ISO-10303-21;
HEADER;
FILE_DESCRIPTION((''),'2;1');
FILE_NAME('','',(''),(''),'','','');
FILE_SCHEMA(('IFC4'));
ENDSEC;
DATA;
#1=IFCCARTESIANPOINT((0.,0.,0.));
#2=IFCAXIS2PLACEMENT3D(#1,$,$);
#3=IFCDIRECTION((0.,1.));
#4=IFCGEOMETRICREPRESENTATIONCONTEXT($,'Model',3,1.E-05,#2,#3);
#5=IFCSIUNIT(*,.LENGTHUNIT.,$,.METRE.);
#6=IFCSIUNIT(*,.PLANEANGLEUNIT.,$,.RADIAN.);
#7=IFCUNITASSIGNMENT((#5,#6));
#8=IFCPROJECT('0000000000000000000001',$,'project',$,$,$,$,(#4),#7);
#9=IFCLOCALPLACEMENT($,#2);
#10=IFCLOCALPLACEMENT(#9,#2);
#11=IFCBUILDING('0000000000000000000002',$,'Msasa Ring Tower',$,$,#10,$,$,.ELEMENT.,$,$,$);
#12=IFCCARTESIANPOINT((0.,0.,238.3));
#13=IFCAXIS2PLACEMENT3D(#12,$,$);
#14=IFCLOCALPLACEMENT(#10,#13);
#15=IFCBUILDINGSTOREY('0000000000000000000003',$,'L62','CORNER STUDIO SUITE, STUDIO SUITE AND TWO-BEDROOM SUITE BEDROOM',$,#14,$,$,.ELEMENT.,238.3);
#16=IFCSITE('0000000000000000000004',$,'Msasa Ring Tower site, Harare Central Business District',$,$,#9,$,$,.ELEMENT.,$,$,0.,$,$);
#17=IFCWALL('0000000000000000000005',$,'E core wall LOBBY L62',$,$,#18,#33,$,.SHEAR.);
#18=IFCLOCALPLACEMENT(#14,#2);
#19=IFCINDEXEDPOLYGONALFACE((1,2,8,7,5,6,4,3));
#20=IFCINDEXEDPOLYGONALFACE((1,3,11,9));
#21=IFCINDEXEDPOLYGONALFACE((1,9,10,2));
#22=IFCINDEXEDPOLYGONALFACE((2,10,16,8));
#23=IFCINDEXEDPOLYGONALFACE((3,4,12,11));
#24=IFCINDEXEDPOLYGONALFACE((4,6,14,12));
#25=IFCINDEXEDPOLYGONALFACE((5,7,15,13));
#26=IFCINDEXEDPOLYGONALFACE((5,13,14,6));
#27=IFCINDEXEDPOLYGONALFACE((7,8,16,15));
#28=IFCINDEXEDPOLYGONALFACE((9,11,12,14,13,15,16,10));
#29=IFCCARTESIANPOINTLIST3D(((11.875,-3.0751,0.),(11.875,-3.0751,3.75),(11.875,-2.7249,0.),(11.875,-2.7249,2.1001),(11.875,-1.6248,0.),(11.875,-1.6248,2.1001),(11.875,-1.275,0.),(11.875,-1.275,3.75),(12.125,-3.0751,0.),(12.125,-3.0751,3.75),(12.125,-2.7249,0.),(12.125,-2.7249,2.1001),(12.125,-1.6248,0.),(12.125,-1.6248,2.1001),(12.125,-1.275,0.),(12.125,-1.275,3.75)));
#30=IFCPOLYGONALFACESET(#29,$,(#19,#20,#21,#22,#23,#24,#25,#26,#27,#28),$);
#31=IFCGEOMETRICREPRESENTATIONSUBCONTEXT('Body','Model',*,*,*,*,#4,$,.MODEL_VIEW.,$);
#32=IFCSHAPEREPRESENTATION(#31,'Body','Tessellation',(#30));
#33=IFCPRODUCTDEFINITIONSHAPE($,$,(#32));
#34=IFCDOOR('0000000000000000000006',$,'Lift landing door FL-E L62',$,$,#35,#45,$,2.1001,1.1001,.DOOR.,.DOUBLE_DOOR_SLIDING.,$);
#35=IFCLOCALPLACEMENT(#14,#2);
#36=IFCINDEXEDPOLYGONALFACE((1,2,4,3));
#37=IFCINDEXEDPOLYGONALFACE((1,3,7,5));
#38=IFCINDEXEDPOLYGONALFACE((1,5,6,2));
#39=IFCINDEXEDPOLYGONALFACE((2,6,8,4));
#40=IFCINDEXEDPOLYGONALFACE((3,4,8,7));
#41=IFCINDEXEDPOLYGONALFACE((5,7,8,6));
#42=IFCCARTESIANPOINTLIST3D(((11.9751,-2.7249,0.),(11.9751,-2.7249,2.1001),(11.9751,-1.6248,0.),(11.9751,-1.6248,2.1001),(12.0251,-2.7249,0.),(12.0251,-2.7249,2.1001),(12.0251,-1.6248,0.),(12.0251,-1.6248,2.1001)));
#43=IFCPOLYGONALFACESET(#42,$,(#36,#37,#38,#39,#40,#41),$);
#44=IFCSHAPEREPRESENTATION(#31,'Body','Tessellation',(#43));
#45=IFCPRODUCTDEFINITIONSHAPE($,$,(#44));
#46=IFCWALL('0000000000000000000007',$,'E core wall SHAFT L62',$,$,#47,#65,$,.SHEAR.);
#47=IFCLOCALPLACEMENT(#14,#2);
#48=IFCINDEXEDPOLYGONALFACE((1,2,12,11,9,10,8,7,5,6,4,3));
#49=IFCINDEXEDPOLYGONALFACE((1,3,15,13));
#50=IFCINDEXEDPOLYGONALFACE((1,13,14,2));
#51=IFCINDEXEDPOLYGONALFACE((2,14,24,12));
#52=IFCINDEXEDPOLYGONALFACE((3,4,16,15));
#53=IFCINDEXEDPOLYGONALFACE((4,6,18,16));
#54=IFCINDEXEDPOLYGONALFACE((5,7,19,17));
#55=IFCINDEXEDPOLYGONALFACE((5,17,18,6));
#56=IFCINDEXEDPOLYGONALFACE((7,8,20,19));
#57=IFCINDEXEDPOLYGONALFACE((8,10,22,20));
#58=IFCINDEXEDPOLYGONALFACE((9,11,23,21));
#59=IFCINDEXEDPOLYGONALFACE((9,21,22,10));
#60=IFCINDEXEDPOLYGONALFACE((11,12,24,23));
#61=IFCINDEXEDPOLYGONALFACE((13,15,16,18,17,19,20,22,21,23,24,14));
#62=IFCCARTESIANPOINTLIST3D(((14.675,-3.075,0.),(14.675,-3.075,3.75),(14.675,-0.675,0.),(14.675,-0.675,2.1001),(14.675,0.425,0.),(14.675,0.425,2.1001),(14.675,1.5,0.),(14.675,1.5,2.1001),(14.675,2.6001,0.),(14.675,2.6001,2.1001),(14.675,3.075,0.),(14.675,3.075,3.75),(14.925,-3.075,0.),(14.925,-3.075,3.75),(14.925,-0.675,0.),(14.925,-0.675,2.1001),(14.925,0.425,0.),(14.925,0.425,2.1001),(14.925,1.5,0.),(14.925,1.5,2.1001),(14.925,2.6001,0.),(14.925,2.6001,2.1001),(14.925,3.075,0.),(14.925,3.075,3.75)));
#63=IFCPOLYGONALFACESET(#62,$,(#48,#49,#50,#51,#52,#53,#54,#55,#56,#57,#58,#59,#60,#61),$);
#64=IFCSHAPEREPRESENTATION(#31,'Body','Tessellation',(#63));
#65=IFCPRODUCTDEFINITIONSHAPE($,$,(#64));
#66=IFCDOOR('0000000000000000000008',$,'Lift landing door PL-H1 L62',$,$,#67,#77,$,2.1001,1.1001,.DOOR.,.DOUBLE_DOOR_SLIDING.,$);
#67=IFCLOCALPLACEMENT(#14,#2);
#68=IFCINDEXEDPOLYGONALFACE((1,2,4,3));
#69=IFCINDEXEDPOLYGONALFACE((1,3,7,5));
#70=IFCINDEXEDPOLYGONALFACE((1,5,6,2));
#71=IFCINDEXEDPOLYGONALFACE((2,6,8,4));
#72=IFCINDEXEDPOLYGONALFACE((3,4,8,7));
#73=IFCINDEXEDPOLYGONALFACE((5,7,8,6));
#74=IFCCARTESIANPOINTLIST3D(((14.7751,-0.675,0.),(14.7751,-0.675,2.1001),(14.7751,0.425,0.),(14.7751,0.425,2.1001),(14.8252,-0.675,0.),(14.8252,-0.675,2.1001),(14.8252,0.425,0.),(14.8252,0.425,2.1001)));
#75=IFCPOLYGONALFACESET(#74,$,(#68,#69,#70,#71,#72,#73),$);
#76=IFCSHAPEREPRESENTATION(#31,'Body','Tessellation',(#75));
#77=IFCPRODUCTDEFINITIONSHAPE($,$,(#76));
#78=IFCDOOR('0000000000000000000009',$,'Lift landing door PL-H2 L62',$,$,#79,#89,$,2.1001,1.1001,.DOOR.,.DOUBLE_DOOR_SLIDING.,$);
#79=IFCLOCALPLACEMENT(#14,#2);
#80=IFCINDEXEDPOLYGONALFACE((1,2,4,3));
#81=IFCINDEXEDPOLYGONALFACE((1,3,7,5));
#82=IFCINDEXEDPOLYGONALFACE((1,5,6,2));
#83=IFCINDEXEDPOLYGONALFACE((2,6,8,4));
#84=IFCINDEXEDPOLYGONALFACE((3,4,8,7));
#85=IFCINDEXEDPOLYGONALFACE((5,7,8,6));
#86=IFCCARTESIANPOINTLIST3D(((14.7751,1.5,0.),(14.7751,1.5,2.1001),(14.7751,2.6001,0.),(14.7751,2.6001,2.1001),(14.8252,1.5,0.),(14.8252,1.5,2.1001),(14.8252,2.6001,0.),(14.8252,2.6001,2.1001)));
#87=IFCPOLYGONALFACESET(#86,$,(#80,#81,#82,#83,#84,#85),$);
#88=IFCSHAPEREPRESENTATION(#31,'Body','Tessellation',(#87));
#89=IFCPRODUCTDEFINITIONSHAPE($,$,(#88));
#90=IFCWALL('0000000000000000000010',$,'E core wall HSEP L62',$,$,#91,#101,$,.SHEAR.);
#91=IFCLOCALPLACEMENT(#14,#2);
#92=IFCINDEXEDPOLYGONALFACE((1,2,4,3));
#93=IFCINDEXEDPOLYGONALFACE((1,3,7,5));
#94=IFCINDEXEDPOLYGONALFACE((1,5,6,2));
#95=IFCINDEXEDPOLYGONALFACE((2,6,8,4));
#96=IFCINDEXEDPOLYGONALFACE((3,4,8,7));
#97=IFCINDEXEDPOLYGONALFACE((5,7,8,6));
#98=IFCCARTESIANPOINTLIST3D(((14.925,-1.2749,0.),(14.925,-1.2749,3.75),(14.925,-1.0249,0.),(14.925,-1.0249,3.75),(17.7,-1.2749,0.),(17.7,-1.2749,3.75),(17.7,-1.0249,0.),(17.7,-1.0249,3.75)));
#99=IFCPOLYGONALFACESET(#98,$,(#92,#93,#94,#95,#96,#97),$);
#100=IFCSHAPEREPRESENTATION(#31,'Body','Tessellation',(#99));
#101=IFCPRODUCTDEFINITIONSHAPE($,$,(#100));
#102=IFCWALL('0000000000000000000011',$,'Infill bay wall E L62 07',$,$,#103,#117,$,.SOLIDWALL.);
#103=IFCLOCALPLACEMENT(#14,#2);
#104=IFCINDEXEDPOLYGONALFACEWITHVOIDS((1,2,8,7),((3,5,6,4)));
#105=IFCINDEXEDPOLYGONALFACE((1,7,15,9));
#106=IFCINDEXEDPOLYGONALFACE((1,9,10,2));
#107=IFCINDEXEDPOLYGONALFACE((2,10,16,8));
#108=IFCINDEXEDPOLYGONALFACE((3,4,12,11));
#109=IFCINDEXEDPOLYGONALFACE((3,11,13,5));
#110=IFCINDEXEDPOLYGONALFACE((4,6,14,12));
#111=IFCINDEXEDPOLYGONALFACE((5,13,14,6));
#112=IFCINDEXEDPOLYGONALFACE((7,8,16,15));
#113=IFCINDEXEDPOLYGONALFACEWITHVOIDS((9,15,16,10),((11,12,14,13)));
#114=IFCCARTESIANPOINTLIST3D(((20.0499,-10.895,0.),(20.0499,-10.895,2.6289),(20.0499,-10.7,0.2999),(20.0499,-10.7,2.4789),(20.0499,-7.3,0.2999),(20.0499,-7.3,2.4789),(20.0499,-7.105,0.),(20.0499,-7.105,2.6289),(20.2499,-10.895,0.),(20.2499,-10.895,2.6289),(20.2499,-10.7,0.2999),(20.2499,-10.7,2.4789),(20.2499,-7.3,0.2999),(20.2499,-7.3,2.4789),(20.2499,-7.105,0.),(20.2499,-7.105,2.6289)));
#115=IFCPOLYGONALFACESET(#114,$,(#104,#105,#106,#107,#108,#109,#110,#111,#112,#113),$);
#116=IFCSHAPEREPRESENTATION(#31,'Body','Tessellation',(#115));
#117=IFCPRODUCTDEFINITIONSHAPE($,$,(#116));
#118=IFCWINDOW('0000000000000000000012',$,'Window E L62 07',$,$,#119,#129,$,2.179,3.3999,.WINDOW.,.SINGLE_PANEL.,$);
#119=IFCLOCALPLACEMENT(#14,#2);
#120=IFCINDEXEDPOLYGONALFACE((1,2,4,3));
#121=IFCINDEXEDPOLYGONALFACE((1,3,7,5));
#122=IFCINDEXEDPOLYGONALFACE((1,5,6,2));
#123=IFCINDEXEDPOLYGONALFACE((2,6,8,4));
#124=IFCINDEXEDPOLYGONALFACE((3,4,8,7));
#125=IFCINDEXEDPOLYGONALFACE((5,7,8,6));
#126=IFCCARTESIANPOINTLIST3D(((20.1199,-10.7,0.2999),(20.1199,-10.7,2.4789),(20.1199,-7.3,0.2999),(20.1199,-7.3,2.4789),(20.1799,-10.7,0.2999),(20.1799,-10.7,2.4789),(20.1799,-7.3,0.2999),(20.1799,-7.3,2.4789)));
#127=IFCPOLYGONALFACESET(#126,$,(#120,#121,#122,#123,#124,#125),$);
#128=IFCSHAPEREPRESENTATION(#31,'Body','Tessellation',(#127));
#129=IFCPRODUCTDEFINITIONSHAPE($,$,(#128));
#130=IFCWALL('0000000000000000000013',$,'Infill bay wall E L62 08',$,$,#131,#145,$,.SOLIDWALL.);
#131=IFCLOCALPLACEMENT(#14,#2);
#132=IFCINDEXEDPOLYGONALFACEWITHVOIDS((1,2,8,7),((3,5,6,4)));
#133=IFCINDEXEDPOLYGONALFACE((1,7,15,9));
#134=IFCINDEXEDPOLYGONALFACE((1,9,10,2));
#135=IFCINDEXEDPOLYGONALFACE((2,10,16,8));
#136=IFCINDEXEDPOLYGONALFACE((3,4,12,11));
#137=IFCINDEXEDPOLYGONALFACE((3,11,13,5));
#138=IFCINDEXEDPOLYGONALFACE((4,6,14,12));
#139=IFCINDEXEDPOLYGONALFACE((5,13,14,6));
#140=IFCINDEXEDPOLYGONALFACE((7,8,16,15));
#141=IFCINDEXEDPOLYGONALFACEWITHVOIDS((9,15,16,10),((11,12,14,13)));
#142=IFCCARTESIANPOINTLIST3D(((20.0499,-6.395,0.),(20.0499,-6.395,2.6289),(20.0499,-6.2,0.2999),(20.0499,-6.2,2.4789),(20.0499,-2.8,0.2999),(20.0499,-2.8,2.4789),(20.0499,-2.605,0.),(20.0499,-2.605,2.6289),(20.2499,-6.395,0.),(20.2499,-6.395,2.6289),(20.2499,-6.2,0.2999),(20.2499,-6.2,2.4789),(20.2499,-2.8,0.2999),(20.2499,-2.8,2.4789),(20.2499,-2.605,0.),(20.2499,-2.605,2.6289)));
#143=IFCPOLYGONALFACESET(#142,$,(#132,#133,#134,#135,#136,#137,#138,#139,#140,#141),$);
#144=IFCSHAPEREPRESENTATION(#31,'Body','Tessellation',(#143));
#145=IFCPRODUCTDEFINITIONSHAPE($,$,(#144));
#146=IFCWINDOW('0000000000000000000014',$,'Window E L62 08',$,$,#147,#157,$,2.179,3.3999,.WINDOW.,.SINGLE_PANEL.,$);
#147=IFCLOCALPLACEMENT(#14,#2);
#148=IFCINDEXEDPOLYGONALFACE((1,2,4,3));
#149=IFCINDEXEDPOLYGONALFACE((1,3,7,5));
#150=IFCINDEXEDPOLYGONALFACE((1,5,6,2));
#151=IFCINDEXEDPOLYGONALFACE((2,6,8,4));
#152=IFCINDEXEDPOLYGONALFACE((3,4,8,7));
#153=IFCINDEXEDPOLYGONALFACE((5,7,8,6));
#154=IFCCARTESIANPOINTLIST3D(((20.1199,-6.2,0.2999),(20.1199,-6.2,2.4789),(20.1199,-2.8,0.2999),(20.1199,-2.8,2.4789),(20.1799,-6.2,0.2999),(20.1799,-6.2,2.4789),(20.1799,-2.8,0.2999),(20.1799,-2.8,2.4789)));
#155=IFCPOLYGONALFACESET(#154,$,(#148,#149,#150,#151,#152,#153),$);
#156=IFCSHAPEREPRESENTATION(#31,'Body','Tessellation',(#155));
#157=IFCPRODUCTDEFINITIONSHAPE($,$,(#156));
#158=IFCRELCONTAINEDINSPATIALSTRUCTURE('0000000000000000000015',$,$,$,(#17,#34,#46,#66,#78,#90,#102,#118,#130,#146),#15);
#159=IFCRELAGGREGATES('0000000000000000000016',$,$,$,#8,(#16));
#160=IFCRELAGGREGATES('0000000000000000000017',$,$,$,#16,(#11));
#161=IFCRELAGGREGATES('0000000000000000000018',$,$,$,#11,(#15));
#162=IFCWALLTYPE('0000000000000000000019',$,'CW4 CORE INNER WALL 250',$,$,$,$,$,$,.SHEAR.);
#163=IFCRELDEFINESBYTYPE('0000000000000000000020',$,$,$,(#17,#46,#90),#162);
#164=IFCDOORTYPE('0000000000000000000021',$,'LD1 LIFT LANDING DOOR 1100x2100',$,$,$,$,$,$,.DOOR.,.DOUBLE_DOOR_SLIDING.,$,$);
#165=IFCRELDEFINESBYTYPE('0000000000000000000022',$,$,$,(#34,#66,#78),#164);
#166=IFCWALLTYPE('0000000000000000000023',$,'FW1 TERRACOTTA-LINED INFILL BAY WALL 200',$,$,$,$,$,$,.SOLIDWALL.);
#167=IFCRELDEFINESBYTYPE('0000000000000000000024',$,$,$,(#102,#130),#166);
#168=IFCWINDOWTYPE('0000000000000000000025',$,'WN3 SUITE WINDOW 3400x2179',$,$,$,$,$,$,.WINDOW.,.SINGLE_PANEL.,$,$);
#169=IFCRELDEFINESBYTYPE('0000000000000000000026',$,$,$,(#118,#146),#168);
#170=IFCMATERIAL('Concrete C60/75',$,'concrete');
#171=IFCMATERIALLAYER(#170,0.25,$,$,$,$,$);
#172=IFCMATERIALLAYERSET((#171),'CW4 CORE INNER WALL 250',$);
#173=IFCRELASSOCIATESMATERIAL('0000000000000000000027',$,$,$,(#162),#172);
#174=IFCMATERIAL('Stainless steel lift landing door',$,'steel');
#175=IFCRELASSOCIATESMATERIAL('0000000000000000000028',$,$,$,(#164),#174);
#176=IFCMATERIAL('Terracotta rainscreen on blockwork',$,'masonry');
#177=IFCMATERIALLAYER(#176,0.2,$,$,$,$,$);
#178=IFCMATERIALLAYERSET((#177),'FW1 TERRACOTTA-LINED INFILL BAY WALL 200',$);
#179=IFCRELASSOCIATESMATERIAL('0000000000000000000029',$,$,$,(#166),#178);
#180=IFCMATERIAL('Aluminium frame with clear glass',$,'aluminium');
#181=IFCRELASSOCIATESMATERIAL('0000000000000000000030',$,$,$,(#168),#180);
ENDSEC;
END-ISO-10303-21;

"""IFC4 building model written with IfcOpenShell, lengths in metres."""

from ifc_helpers import new_model, si_unit, direction, frame, frame_2d, origin, place, context, subcontext, project, spatial, rectangle, extrude, material, layer, layer_set, type_object, element, fill, save


model = new_model("IFC4")

# Units and contexts
model_context = context("Model", 3, precision=1e-05, world=origin(), true_north=direction((0.0, 1.0)))
body_context = subcontext(model_context, "Body", "Model", "MODEL_VIEW")
ifc_project = project(units=[si_unit("LENGTHUNIT", "METRE"), si_unit("PLANEANGLEUNIT", "RADIAN")], contexts=[model_context])

# Site, building, storey
site_placement = place(None, origin())
site = spatial("IfcSite", under=ifc_project, at=site_placement, Name="Msasa Ring Tower site, Harare Central Business District", CompositionType="ELEMENT", RefElevation=0.0)
building_placement = place(site_placement, origin())
building = spatial("IfcBuilding", under=site, at=building_placement, Name="Msasa Ring Tower", CompositionType="ELEMENT")
storey_placement = place(building_placement, frame((0.0, 0.0, 238.3)))
storey = spatial("IfcBuildingStorey", under=building, at=storey_placement, Name="L62", Description="CORNER STUDIO SUITE, STUDIO SUITE AND TWO-BEDROOM SUITE BEDROOM", CompositionType="ELEMENT", Elevation=238.3)

# Shared definitions
ifc_material_1 = material(Name="Concrete C60/75", Category="concrete")
ifc_layer_1 = layer(ifc_material_1, 0.25)
ifc_layer_set_1 = layer_set([ifc_layer_1], Name="CW4 CORE INNER WALL 250")
wall_type_1 = type_object("IfcWallType", Name="CW4 CORE INNER WALL 250", PredefinedType="SHEAR", material=ifc_layer_set_1)

# Wall, opening, door
wall_1_placement = place(storey_placement, frame((12.0, -3.075, 0.0), z_axis=(0.0, 0.0, 1.0), x_axis=(0.0, 1.0, 0.0)))
wall_1 = element("IfcWall", 1, at=wall_1_placement, inside=storey, type_object=wall_type_1, Name="E core wall LOBBY L62", PredefinedType="SHEAR", context=body_context, shape_type="SweptSolid", body=[
    extrude(rectangle(XDim=1.8, YDim=0.25, at=frame_2d((0.8999, 0.0))), origin(), (0.0, 0.0, 1.0), 3.75),
])
opening_1_placement = place(wall_1_placement, frame((0.3501, 0.0, 0.0)))
opening_1 = element("IfcOpeningElement", 2, at=opening_1_placement, cuts=wall_1, PredefinedType="OPENING", context=body_context, shape_type="SweptSolid", body=[
    extrude(rectangle(XDim=1.1001, YDim=2.1001, at=frame_2d((0.55, 1.05))), frame((0.0, 0.135, 0.0), z_axis=(0.0, -1.0, 0.0), x_axis=(1.0, 0.0, 0.0)), (0.0, 0.0, 1.0), 0.27),
])
ifc_material_2 = material(Name="Stainless steel lift landing door", Category="steel")
door_type_1 = type_object("IfcDoorType", Name="LD1 LIFT LANDING DOOR 1100x2100", OperationType="DOUBLE_DOOR_SLIDING", PredefinedType="DOOR", material=ifc_material_2)
door_1_placement = place(opening_1_placement, origin())
door_1 = element("IfcDoor", 3, at=door_1_placement, inside=storey, type_object=door_type_1, Name="Lift landing door FL-E L62", OperationType="DOUBLE_DOOR_SLIDING", OverallHeight=2.1001, OverallWidth=1.1001, PredefinedType="DOOR", context=body_context, shape_type="SweptSolid", body=[
    extrude(rectangle(XDim=1.1001, YDim=2.1001, at=frame_2d((0.55, 1.05))), frame((0.0, 0.0249, 0.0), z_axis=(0.0, -1.0, 0.0), x_axis=(1.0, 0.0, 0.0)), (0.0, 0.0, 1.0), 0.05),
])
fill(opening_1, door_1)

# Wall, openings, doors
wall_2_placement = place(storey_placement, frame((14.8, -3.075, 0.0), z_axis=(0.0, 0.0, 1.0), x_axis=(0.0, 1.0, 0.0)))
wall_2 = element("IfcWall", 4, at=wall_2_placement, inside=storey, type_object=wall_type_1, Name="E core wall SHAFT L62", PredefinedType="SHEAR", context=body_context, shape_type="SweptSolid", body=[
    extrude(rectangle(XDim=6.1499, YDim=0.25, at=frame_2d((3.075, 0.0))), origin(), (0.0, 0.0, 1.0), 3.75),
])
opening_2_placement = place(wall_2_placement, frame((2.3999, 0.0, 0.0)))
opening_2 = element("IfcOpeningElement", 5, at=opening_2_placement, cuts=wall_2, PredefinedType="OPENING", context=body_context, shape_type="SweptSolid", body=[
    extrude(rectangle(XDim=1.1001, YDim=2.1001, at=frame_2d((0.55, 1.05))), frame((0.0, 0.135, 0.0), z_axis=(0.0, -1.0, 0.0), x_axis=(1.0, 0.0, 0.0)), (0.0, 0.0, 1.0), 0.27),
])
opening_3_placement = place(wall_2_placement, frame((4.575, 0.0, 0.0)))
opening_3 = element("IfcOpeningElement", 6, at=opening_3_placement, cuts=wall_2, PredefinedType="OPENING", context=body_context, shape_type="SweptSolid", body=[
    extrude(rectangle(XDim=1.1001, YDim=2.1001, at=frame_2d((0.55, 1.05))), frame((0.0, 0.135, 0.0), z_axis=(0.0, -1.0, 0.0), x_axis=(1.0, 0.0, 0.0)), (0.0, 0.0, 1.0), 0.27),
])
door_2_placement = place(opening_2_placement, origin())
door_2 = element("IfcDoor", 7, at=door_2_placement, inside=storey, type_object=door_type_1, Name="Lift landing door PL-H1 L62", OperationType="DOUBLE_DOOR_SLIDING", OverallHeight=2.1001, OverallWidth=1.1001, PredefinedType="DOOR", context=body_context, shape_type="SweptSolid", body=[
    extrude(rectangle(XDim=1.1001, YDim=2.1001, at=frame_2d((0.55, 1.05))), frame((0.0, 0.0249, 0.0), z_axis=(0.0, -1.0, 0.0), x_axis=(1.0, 0.0, 0.0)), (0.0, 0.0, 1.0), 0.05),
])
fill(opening_2, door_2)
door_3_placement = place(opening_3_placement, origin())
door_3 = element("IfcDoor", 8, at=door_3_placement, inside=storey, type_object=door_type_1, Name="Lift landing door PL-H2 L62", OperationType="DOUBLE_DOOR_SLIDING", OverallHeight=2.1001, OverallWidth=1.1001, PredefinedType="DOOR", context=body_context, shape_type="SweptSolid", body=[
    extrude(rectangle(XDim=1.1001, YDim=2.1001, at=frame_2d((0.55, 1.05))), frame((0.0, 0.0249, 0.0), z_axis=(0.0, -1.0, 0.0), x_axis=(1.0, 0.0, 0.0)), (0.0, 0.0, 1.0), 0.05),
])
fill(opening_3, door_3)

# Wall
wall_3_placement = place(storey_placement, frame((14.925, -1.1499, 0.0), z_axis=(0.0, 0.0, 1.0), x_axis=(1.0, 0.0, 0.0)))
element("IfcWall", 9, at=wall_3_placement, inside=storey, type_object=wall_type_1, Name="E core wall HSEP L62", PredefinedType="SHEAR", context=body_context, shape_type="SweptSolid", body=[
    extrude(rectangle(XDim=2.7749, YDim=0.25, at=frame_2d((1.3875, 0.0))), origin(), (0.0, 0.0, 1.0), 3.75),
])

# Walls, openings, windows
ifc_material_3 = material(Name="Terracotta rainscreen on blockwork", Category="masonry")
ifc_layer_2 = layer(ifc_material_3, 0.2)
ifc_layer_set_2 = layer_set([ifc_layer_2], Name="FW1 TERRACOTTA-LINED INFILL BAY WALL 200")
wall_type_2 = type_object("IfcWallType", Name="FW1 TERRACOTTA-LINED INFILL BAY WALL 200", PredefinedType="SOLIDWALL", material=ifc_layer_set_2)
wall_4_placement = place(storey_placement, frame((20.1499, -10.895, 0.0), z_axis=(0.0, 0.0, 1.0), x_axis=(0.0, 1.0, 0.0)))
wall_4 = element("IfcWall", 10, at=wall_4_placement, inside=storey, type_object=wall_type_2, Name="Infill bay wall E L62 07", PredefinedType="SOLIDWALL", context=body_context, shape_type="SweptSolid", body=[
    extrude(rectangle(XDim=3.79, YDim=0.2, at=frame_2d((1.895, 0.0))), origin(), (0.0, 0.0, 1.0), 2.6289),
])
opening_4_placement = place(wall_4_placement, frame((0.1951, 0.0, 0.3)))
opening_4 = element("IfcOpeningElement", 11, at=opening_4_placement, cuts=wall_4, PredefinedType="OPENING", context=body_context, shape_type="SweptSolid", body=[
    extrude(rectangle(XDim=3.3999, YDim=2.179, at=frame_2d((1.7, 1.0894))), frame((0.0, 0.1099, 0.0), z_axis=(0.0, -1.0, 0.0), x_axis=(1.0, 0.0, 0.0)), (0.0, 0.0, 1.0), 0.22),
])
ifc_material_4 = material(Name="Aluminium frame with clear glass", Category="aluminium")
window_type = type_object("IfcWindowType", Name="WN3 SUITE WINDOW 3400x2179", PartitioningType="SINGLE_PANEL", PredefinedType="WINDOW", material=ifc_material_4)
window_1_placement = place(opening_4_placement, origin())
window_1 = element("IfcWindow", 12, at=window_1_placement, inside=storey, type_object=window_type, Name="Window E L62 07", OverallHeight=2.179, OverallWidth=3.3999, PartitioningType="SINGLE_PANEL", PredefinedType="WINDOW", context=body_context, shape_type="SweptSolid", body=[
    extrude(rectangle(XDim=3.3999, YDim=2.179, at=frame_2d((1.7, 1.0894))), frame((0.0, 0.03, 0.0), z_axis=(0.0, -1.0, 0.0), x_axis=(1.0, 0.0, 0.0)), (0.0, 0.0, 1.0), 0.0601),
])
fill(opening_4, window_1)
wall_5_placement = place(storey_placement, frame((20.1499, -6.395, 0.0), z_axis=(0.0, 0.0, 1.0), x_axis=(0.0, 1.0, 0.0)))
wall_5 = element("IfcWall", 13, at=wall_5_placement, inside=storey, type_object=wall_type_2, Name="Infill bay wall E L62 08", PredefinedType="SOLIDWALL", context=body_context, shape_type="SweptSolid", body=[
    extrude(rectangle(XDim=3.79, YDim=0.2, at=frame_2d((1.895, 0.0))), origin(), (0.0, 0.0, 1.0), 2.6289),
])
opening_5_placement = place(wall_5_placement, frame((0.1951, 0.0, 0.3)))
opening_5 = element("IfcOpeningElement", 14, at=opening_5_placement, cuts=wall_5, PredefinedType="OPENING", context=body_context, shape_type="SweptSolid", body=[
    extrude(rectangle(XDim=3.3999, YDim=2.179, at=frame_2d((1.7, 1.0894))), frame((0.0, 0.1099, 0.0), z_axis=(0.0, -1.0, 0.0), x_axis=(1.0, 0.0, 0.0)), (0.0, 0.0, 1.0), 0.22),
])
window_2_placement = place(opening_5_placement, origin())
window_2 = element("IfcWindow", 15, at=window_2_placement, inside=storey, type_object=window_type, Name="Window E L62 08", OverallHeight=2.179, OverallWidth=3.3999, PartitioningType="SINGLE_PANEL", PredefinedType="WINDOW", context=body_context, shape_type="SweptSolid", body=[
    extrude(rectangle(XDim=3.3999, YDim=2.179, at=frame_2d((1.7, 1.0894))), frame((0.0, 0.03, 0.0), z_axis=(0.0, -1.0, 0.0), x_axis=(1.0, 0.0, 0.0)), (0.0, 0.0, 1.0), 0.0601),
])
fill(opening_5, window_2)

save(model, "model.ifc")
